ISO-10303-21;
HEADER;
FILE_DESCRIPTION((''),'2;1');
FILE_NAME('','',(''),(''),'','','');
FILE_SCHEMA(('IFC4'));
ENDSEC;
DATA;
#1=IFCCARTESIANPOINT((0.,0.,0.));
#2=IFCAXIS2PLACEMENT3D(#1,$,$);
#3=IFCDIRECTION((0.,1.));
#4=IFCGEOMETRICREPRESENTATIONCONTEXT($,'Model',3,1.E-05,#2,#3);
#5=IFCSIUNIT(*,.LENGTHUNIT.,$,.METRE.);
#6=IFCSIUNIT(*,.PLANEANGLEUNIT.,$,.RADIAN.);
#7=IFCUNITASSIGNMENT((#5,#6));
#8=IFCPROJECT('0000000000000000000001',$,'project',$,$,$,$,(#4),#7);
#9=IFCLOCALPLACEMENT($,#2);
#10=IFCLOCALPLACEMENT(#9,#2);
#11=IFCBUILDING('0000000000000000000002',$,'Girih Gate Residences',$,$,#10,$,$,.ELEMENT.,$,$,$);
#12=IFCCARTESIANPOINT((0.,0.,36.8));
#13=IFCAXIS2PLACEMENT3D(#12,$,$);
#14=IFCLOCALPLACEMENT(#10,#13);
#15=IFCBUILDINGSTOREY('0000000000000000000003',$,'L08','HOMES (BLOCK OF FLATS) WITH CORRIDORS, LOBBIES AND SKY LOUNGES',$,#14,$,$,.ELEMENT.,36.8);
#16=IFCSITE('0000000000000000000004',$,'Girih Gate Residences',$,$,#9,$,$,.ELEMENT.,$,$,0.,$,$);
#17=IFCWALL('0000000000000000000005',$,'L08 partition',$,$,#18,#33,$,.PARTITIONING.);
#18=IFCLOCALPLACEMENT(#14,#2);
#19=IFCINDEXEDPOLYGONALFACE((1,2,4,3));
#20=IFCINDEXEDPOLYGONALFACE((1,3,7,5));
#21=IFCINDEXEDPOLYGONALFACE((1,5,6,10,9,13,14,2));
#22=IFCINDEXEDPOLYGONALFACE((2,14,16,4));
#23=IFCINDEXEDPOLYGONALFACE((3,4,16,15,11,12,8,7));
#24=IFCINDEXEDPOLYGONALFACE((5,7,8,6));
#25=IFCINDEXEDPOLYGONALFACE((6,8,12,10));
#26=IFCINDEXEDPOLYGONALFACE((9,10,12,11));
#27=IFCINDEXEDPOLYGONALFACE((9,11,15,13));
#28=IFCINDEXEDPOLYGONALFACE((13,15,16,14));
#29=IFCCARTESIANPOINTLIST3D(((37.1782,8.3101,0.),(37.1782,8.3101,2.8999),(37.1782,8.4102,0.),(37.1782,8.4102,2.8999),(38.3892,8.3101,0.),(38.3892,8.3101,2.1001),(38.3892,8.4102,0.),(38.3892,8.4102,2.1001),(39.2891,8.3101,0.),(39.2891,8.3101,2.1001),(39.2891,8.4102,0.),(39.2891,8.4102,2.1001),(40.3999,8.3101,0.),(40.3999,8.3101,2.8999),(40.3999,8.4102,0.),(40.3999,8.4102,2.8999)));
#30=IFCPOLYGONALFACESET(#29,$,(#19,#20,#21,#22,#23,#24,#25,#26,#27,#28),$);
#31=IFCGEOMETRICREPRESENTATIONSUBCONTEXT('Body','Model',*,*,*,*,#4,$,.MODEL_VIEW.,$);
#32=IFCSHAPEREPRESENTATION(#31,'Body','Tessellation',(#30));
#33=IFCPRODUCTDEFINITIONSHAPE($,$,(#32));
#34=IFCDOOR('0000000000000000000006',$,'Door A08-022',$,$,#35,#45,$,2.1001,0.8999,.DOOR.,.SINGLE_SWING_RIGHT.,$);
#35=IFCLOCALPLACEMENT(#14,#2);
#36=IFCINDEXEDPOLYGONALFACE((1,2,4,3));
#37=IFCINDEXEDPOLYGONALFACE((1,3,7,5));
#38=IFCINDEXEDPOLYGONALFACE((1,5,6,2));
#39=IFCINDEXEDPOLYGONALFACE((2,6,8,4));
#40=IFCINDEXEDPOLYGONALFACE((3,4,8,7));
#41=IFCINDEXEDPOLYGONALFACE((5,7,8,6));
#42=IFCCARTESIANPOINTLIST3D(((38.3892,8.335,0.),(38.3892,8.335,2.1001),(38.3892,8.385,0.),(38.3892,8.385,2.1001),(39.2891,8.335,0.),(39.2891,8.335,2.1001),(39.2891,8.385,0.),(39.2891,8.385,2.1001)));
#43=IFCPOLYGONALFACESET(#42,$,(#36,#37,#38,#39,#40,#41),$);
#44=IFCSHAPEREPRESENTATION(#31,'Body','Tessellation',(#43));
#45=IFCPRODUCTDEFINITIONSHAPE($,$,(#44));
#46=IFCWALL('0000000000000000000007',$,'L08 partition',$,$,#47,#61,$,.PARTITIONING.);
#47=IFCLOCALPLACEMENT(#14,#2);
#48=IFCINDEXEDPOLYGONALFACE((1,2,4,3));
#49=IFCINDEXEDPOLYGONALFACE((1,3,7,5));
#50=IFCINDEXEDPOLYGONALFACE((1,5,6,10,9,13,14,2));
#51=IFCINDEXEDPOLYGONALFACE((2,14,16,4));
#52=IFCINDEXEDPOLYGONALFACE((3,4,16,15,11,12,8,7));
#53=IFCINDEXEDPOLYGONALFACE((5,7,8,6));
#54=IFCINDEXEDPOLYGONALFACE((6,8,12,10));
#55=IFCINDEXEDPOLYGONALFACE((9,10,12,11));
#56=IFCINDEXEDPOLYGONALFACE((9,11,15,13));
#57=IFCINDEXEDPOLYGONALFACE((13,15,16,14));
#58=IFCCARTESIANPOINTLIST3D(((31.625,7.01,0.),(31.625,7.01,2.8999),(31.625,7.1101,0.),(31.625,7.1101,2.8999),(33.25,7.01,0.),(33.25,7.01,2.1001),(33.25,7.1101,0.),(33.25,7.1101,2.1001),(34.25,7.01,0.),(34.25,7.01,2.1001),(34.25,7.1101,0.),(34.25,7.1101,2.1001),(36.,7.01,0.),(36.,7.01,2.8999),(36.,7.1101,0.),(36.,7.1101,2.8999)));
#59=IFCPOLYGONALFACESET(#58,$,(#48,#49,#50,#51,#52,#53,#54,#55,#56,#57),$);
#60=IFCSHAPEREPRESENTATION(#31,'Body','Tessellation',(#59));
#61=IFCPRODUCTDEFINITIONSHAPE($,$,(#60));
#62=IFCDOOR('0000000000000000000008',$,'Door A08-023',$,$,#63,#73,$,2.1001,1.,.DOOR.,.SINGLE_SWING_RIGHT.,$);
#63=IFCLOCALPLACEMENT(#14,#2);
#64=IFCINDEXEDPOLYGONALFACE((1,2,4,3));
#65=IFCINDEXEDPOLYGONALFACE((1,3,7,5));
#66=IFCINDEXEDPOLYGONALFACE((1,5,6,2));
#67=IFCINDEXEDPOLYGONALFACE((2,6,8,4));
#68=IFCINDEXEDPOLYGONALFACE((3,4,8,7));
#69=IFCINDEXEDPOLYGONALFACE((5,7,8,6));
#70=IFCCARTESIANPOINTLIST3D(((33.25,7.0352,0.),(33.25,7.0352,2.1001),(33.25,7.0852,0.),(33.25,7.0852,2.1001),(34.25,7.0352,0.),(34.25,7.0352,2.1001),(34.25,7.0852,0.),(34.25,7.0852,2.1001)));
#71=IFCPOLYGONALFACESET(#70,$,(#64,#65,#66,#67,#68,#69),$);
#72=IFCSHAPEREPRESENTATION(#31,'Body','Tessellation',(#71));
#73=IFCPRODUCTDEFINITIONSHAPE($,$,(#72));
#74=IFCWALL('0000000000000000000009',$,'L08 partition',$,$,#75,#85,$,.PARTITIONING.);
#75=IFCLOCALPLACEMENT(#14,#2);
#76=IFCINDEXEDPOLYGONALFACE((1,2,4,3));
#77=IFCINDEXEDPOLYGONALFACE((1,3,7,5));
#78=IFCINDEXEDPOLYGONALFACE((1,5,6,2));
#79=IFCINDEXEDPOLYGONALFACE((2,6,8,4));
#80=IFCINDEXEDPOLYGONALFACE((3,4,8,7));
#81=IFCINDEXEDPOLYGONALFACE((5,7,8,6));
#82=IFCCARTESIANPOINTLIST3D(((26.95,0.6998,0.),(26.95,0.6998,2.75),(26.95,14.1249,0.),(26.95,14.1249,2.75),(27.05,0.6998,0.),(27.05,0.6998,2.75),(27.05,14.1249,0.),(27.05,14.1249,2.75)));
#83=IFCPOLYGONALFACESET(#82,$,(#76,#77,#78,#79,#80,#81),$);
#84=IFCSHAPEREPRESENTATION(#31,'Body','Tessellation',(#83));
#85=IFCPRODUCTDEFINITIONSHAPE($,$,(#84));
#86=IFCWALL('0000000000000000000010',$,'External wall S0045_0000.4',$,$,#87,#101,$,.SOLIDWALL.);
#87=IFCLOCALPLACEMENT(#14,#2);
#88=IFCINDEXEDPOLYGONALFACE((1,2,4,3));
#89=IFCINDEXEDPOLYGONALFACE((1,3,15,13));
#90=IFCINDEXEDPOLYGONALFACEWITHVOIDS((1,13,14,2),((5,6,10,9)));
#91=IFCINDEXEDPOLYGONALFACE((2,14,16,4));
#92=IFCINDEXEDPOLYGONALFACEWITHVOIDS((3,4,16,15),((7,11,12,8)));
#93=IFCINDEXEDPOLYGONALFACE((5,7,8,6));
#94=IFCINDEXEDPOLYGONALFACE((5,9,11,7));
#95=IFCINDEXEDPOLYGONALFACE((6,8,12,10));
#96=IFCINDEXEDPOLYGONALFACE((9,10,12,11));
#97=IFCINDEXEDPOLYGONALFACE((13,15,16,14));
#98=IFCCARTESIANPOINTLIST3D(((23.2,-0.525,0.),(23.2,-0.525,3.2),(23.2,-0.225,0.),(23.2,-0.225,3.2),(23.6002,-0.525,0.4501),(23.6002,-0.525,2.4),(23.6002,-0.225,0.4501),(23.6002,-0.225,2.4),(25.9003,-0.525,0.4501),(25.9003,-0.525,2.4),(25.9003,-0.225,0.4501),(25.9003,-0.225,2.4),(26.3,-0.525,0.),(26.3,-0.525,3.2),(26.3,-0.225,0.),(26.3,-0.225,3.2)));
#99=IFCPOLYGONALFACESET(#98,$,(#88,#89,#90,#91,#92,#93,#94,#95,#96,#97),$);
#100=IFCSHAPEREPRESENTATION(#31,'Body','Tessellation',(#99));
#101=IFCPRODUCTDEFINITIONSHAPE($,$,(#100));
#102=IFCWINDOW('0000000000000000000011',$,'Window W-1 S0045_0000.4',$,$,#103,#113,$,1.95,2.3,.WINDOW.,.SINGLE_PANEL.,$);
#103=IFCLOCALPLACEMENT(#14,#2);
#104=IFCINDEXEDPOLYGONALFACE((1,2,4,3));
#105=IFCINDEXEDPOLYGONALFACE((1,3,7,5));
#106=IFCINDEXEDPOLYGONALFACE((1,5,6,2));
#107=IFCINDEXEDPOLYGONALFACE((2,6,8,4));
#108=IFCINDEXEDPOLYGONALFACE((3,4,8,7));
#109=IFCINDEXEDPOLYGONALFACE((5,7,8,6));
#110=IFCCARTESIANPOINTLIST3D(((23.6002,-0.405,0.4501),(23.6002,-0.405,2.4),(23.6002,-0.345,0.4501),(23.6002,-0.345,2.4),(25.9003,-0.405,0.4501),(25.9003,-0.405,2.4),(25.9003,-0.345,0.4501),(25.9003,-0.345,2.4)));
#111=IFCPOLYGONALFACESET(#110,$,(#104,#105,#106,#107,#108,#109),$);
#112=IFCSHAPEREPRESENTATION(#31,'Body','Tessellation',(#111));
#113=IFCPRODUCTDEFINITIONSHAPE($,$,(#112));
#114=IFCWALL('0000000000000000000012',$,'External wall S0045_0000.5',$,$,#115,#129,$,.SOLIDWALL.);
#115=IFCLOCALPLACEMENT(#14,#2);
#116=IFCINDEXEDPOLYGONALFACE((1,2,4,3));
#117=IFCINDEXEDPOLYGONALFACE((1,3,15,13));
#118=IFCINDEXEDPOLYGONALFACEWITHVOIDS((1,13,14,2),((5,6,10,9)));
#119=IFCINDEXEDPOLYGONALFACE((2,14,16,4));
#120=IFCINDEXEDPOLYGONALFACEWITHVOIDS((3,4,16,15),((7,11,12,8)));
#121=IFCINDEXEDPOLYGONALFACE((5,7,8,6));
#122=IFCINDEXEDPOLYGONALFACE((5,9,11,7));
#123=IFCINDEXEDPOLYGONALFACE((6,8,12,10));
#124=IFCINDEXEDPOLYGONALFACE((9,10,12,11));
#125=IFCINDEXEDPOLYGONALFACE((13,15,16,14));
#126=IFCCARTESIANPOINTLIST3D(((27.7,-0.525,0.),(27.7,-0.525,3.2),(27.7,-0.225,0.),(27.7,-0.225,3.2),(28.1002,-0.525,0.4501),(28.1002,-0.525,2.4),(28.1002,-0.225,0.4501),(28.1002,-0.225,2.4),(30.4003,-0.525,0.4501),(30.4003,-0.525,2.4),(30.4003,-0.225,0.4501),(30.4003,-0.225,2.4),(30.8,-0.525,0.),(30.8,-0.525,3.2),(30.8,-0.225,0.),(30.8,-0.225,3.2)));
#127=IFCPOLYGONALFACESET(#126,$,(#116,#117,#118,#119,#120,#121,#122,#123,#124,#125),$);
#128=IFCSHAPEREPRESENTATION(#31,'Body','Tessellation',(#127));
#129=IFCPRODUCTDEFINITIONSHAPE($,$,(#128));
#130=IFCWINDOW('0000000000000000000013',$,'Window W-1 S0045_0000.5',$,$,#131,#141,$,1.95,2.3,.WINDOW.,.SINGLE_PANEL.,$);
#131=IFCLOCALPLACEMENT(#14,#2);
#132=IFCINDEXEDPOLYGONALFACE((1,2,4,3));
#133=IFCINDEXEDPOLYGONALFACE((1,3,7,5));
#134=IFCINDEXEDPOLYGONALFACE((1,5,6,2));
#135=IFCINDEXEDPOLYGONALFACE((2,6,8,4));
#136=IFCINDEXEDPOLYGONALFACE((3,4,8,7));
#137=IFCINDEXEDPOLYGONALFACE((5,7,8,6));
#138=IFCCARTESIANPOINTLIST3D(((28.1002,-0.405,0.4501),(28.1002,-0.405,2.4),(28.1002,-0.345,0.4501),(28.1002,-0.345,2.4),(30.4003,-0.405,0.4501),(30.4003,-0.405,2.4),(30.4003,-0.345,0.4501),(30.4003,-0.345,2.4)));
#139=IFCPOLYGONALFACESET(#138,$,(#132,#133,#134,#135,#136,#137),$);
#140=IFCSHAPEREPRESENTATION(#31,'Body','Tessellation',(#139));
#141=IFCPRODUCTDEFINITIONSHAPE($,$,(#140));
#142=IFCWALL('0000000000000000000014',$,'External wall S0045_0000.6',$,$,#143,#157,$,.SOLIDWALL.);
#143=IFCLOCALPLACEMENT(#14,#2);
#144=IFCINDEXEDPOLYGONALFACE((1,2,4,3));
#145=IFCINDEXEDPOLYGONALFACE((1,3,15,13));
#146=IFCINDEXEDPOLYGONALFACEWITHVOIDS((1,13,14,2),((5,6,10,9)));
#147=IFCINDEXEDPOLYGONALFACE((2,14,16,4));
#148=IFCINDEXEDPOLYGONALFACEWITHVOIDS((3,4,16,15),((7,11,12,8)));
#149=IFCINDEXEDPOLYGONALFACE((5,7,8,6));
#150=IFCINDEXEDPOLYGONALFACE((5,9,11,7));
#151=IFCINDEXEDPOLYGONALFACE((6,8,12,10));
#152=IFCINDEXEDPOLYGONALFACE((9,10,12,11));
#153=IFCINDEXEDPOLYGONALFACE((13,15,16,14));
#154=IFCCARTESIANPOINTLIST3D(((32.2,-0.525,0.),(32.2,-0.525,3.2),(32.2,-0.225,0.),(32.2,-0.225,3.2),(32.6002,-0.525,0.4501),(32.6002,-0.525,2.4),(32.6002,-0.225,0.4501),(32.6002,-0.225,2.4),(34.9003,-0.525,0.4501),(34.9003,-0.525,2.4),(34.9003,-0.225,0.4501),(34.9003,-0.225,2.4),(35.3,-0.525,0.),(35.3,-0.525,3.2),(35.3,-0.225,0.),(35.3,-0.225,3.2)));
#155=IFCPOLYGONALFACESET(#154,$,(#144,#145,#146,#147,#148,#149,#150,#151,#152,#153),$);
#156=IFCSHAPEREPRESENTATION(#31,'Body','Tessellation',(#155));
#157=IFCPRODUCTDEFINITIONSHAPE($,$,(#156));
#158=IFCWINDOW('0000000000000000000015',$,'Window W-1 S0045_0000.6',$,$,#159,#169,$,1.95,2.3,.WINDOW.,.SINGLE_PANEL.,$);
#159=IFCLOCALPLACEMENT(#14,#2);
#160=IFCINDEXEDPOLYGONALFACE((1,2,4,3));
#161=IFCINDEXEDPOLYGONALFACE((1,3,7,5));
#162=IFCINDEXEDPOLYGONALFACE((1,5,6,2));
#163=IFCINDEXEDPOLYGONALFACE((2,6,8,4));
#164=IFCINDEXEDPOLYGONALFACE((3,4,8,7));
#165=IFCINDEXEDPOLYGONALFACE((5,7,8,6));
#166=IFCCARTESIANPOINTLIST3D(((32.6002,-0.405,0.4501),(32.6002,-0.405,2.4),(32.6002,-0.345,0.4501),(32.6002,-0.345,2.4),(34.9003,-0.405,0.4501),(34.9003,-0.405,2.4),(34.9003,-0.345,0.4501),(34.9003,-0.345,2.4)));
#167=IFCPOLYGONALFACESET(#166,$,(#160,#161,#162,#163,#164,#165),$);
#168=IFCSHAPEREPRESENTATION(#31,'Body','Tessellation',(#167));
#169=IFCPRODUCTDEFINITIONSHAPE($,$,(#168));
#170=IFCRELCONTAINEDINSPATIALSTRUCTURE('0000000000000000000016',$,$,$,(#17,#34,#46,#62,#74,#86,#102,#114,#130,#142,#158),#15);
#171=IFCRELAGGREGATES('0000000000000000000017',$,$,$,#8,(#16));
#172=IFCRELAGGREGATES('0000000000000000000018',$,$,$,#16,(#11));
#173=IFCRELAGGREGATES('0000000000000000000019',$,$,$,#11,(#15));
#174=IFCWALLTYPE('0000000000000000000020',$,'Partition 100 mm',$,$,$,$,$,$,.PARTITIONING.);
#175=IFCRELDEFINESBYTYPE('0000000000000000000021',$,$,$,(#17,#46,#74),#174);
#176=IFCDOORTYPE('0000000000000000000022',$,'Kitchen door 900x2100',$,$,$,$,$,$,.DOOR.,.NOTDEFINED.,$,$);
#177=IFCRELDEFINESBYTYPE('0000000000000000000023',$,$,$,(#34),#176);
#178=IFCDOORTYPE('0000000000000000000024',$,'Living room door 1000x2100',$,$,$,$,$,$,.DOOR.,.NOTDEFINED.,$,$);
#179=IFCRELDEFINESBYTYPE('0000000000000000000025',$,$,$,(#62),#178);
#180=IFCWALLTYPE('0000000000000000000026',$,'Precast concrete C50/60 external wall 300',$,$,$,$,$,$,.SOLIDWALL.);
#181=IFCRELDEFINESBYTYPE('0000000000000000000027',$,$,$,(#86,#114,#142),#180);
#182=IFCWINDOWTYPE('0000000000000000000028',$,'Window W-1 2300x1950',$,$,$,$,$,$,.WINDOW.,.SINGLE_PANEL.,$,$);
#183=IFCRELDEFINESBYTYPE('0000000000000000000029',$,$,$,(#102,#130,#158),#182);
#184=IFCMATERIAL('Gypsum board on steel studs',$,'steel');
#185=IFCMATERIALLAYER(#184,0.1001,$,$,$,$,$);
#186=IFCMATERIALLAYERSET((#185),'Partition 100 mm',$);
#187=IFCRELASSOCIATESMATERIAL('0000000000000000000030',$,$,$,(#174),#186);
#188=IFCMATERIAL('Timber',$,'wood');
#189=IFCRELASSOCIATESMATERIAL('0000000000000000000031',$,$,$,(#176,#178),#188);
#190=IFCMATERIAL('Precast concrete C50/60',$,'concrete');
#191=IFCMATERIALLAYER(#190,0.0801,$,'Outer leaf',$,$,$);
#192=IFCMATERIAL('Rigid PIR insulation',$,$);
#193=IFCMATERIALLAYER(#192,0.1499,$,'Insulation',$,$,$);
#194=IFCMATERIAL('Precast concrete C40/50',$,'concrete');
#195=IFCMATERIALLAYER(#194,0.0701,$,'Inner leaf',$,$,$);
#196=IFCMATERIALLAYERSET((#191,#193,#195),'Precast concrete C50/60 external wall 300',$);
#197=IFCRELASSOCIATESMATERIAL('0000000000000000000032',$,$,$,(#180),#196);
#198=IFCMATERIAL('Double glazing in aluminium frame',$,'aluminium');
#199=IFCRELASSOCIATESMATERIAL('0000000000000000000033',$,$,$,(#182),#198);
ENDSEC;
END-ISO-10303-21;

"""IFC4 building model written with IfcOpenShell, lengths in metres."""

from ifc_helpers import new_model, si_unit, direction, frame, frame_2d, origin, place, context, subcontext, project, spatial, rectangle, extrude, material, layer, layer_set, type_object, element, fill, save


model = new_model("IFC4")

# Units and contexts
model_context = context("Model", 3, precision=1e-05, world=origin(), true_north=direction((0.0, 1.0)))
body_context = subcontext(model_context, "Body", "Model", "MODEL_VIEW")
ifc_project = project(units=[si_unit("LENGTHUNIT", "METRE"), si_unit("PLANEANGLEUNIT", "RADIAN")], contexts=[model_context])

# Site, building, storey
site_placement = place(None, origin())
site = spatial("IfcSite", under=ifc_project, at=site_placement, Name="Girih Gate Residences", CompositionType="ELEMENT", RefElevation=0.0)
building_placement = place(site_placement, origin())
building = spatial("IfcBuilding", under=site, at=building_placement, Name="Girih Gate Residences", CompositionType="ELEMENT")
storey_placement = place(building_placement, frame((0.0, 0.0, 36.8)))
storey = spatial("IfcBuildingStorey", under=building, at=storey_placement, Name="L08", Description="HOMES (BLOCK OF FLATS) WITH CORRIDORS, LOBBIES AND SKY LOUNGES", CompositionType="ELEMENT", Elevation=36.8)

# Shared definitions
ifc_material_1 = material(Name="Gypsum board on steel studs", Category="steel")

# Shared definitions
ifc_layer_1 = layer(ifc_material_1, 0.1001)
ifc_layer_set_1 = layer_set([ifc_layer_1], Name="Partition 100 mm")
wall_type_1 = type_object("IfcWallType", Name="Partition 100 mm", PredefinedType="PARTITIONING", material=ifc_layer_set_1)
ifc_material_2 = material(Name="Timber", Category="wood")

# Walls, openings, doors
wall_1_placement = place(storey_placement, frame((37.1782, 8.3601, 0.0), z_axis=(0.0, 0.0, 1.0), x_axis=(1.0, 0.0, 0.0)))
wall_1 = element("IfcWall", 1, at=wall_1_placement, inside=storey, type_object=wall_type_1, Name="L08 partition", PredefinedType="PARTITIONING", context=body_context, shape_type="SweptSolid", body=[
    extrude(rectangle(XDim=3.2217, YDim=0.1001, at=frame_2d((1.6108, 0.0))), origin(), (0.0, 0.0, 1.0), 2.8999),
])
opening_1_placement = place(wall_1_placement, frame((1.2109, 0.0, 0.0)))
opening_1 = element("IfcOpeningElement", 2, at=opening_1_placement, cuts=wall_1, PredefinedType="OPENING", context=body_context, shape_type="SweptSolid", body=[
    extrude(rectangle(XDim=0.8999, YDim=2.1001, at=frame_2d((0.45, 1.05))), frame((0.0, 0.0601, 0.0), z_axis=(0.0, -1.0, 0.0), x_axis=(1.0, 0.0, 0.0)), (0.0, 0.0, 1.0), 0.1201),
])
door_type_1 = type_object("IfcDoorType", Name="Kitchen door 900x2100", OperationType="NOTDEFINED", PredefinedType="DOOR", material=ifc_material_2)
door_1_placement = place(opening_1_placement, origin())
door_1 = element("IfcDoor", 3, at=door_1_placement, inside=storey, type_object=door_type_1, Name="Door A08-022", OperationType="SINGLE_SWING_RIGHT", OverallHeight=2.1001, OverallWidth=0.8999, PredefinedType="DOOR", context=body_context, shape_type="SweptSolid", body=[
    extrude(rectangle(XDim=0.8999, YDim=2.1001, at=frame_2d((0.45, 1.05))), frame((0.0, 0.0249, 0.0), z_axis=(0.0, -1.0, 0.0), x_axis=(1.0, 0.0, 0.0)), (0.0, 0.0, 1.0), 0.05),
])
fill(opening_1, door_1)
wall_2_placement = place(storey_placement, frame((36.0, 7.0601, 0.0), z_axis=(0.0, 0.0, 1.0), x_axis=(-1.0, 0.0, 0.0)))
wall_2 = element("IfcWall", 4, at=wall_2_placement, inside=storey, type_object=wall_type_1, Name="L08 partition", PredefinedType="PARTITIONING", context=body_context, shape_type="SweptSolid", body=[
    extrude(rectangle(XDim=4.375, YDim=0.1001, at=frame_2d((2.1875, 0.0))), origin(), (0.0, 0.0, 1.0), 2.8999),
])
opening_2_placement = place(wall_2_placement, frame((1.75, 0.0, 0.0)))
opening_2 = element("IfcOpeningElement", 5, at=opening_2_placement, cuts=wall_2, PredefinedType="OPENING", context=body_context, shape_type="SweptSolid", body=[
    extrude(rectangle(XDim=1.0, YDim=2.1001, at=frame_2d((0.5, 1.05))), frame((0.0, 0.0601, 0.0), z_axis=(0.0, -1.0, 0.0), x_axis=(1.0, 0.0, 0.0)), (0.0, 0.0, 1.0), 0.1201),
])
door_type_2 = type_object("IfcDoorType", Name="Living room door 1000x2100", OperationType="NOTDEFINED", PredefinedType="DOOR", material=ifc_material_2)
door_2_placement = place(opening_2_placement, origin())
door_2 = element("IfcDoor", 6, at=door_2_placement, inside=storey, type_object=door_type_2, Name="Door A08-023", OperationType="SINGLE_SWING_RIGHT", OverallHeight=2.1001, OverallWidth=1.0, PredefinedType="DOOR", context=body_context, shape_type="SweptSolid", body=[
    extrude(rectangle(XDim=1.0, YDim=2.1001, at=frame_2d((0.5, 1.05))), frame((0.0, 0.0249, 0.0), z_axis=(0.0, -1.0, 0.0), x_axis=(1.0, 0.0, 0.0)), (0.0, 0.0, 1.0), 0.05),
])
fill(opening_2, door_2)

# Wall
wall_3_placement = place(storey_placement, frame((27.0, 0.7, 0.0), z_axis=(0.0, 0.0, 1.0), x_axis=(0.0, 1.0, 0.0)))
element("IfcWall", 7, at=wall_3_placement, inside=storey, type_object=wall_type_1, Name="L08 partition", PredefinedType="PARTITIONING", context=body_context, shape_type="SweptSolid", body=[
    extrude(rectangle(XDim=13.425, YDim=0.1001, at=frame_2d((6.7124, 0.0))), origin(), (0.0, 0.0, 1.0), 2.75),
])

# Walls, openings, windows
ifc_material_3 = material(Name="Precast concrete C50/60", Category="concrete")
ifc_layer_2 = layer(ifc_material_3, 0.0801, Name="Outer leaf")
ifc_material_4 = material(Name="Rigid PIR insulation")
ifc_layer_3 = layer(ifc_material_4, 0.1499, Name="Insulation")
ifc_material_5 = material(Name="Precast concrete C40/50", Category="concrete")
ifc_layer_4 = layer(ifc_material_5, 0.0701, Name="Inner leaf")
ifc_layer_set_2 = layer_set([ifc_layer_2, ifc_layer_3, ifc_layer_4], Name="Precast concrete C50/60 external wall 300")
wall_type_2 = type_object("IfcWallType", Name="Precast concrete C50/60 external wall 300", PredefinedType="SOLIDWALL", material=ifc_layer_set_2)
wall_4_placement = place(storey_placement, frame((26.3, -0.375, 0.0), z_axis=(0.0, 0.0, 1.0), x_axis=(-1.0, 0.0, 0.0)))
wall_4 = element("IfcWall", 8, at=wall_4_placement, inside=storey, type_object=wall_type_2, Name="External wall S0045_0000.4", PredefinedType="SOLIDWALL", context=body_context, shape_type="SweptSolid", body=[
    extrude(rectangle(XDim=3.1001, YDim=0.3, at=frame_2d((1.55, 0.0))), origin(), (0.0, 0.0, 1.0), 3.2),
])
opening_3_placement = place(wall_4_placement, frame((0.3999, 0.0, 0.45)))
opening_3 = element("IfcOpeningElement", 9, at=opening_3_placement, cuts=wall_4, PredefinedType="OPENING", context=body_context, shape_type="SweptSolid", body=[
    extrude(rectangle(XDim=2.3, YDim=1.95, at=frame_2d((1.1499, 0.9751))), frame((0.0, 0.1599, 0.0), z_axis=(0.0, -1.0, 0.0), x_axis=(1.0, 0.0, 0.0)), (0.0, 0.0, 1.0), 0.3201),
])
ifc_material_6 = material(Name="Double glazing in aluminium frame", Category="aluminium")
window_type = type_object("IfcWindowType", Name="Window W-1 2300x1950", PartitioningType="SINGLE_PANEL", PredefinedType="WINDOW", material=ifc_material_6)
window_1_placement = place(opening_3_placement, origin())
window_1 = element("IfcWindow", 10, at=window_1_placement, inside=storey, type_object=window_type, Name="Window W-1 S0045_0000.4", OverallHeight=1.95, OverallWidth=2.3, PartitioningType="SINGLE_PANEL", PredefinedType="WINDOW", context=body_context, shape_type="SweptSolid", body=[
    extrude(rectangle(XDim=2.3, YDim=1.95, at=frame_2d((1.1499, 0.9751))), frame((0.0, 0.03, 0.0), z_axis=(0.0, -1.0, 0.0), x_axis=(1.0, 0.0, 0.0)), (0.0, 0.0, 1.0), 0.0601),
])
fill(opening_3, window_1)
wall_5_placement = place(storey_placement, frame((30.8, -0.375, 0.0), z_axis=(0.0, 0.0, 1.0), x_axis=(-1.0, 0.0, 0.0)))
wall_5 = element("IfcWall", 11, at=wall_5_placement, inside=storey, type_object=wall_type_2, Name="External wall S0045_0000.5", PredefinedType="SOLIDWALL", context=body_context, shape_type="SweptSolid", body=[
    extrude(rectangle(XDim=3.1001, YDim=0.3, at=frame_2d((1.55, 0.0))), origin(), (0.0, 0.0, 1.0), 3.2),
])
opening_4_placement = place(wall_5_placement, frame((0.3999, 0.0, 0.45)))
opening_4 = element("IfcOpeningElement", 12, at=opening_4_placement, cuts=wall_5, PredefinedType="OPENING", context=body_context, shape_type="SweptSolid", body=[
    extrude(rectangle(XDim=2.3, YDim=1.95, at=frame_2d((1.1499, 0.9751))), frame((0.0, 0.1599, 0.0), z_axis=(0.0, -1.0, 0.0), x_axis=(1.0, 0.0, 0.0)), (0.0, 0.0, 1.0), 0.3201),
])
window_2_placement = place(opening_4_placement, origin())
window_2 = element("IfcWindow", 13, at=window_2_placement, inside=storey, type_object=window_type, Name="Window W-1 S0045_0000.5", OverallHeight=1.95, OverallWidth=2.3, PartitioningType="SINGLE_PANEL", PredefinedType="WINDOW", context=body_context, shape_type="SweptSolid", body=[
    extrude(rectangle(XDim=2.3, YDim=1.95, at=frame_2d((1.1499, 0.9751))), frame((0.0, 0.03, 0.0), z_axis=(0.0, -1.0, 0.0), x_axis=(1.0, 0.0, 0.0)), (0.0, 0.0, 1.0), 0.0601),
])
fill(opening_4, window_2)
wall_6_placement = place(storey_placement, frame((35.3, -0.375, 0.0), z_axis=(0.0, 0.0, 1.0), x_axis=(-1.0, 0.0, 0.0)))
wall_6 = element("IfcWall", 14, at=wall_6_placement, inside=storey, type_object=wall_type_2, Name="External wall S0045_0000.6", PredefinedType="SOLIDWALL", context=body_context, shape_type="SweptSolid", body=[
    extrude(rectangle(XDim=3.1001, YDim=0.3, at=frame_2d((1.55, 0.0))), origin(), (0.0, 0.0, 1.0), 3.2),
])
opening_5_placement = place(wall_6_placement, frame((0.3999, 0.0, 0.45)))
opening_5 = element("IfcOpeningElement", 15, at=opening_5_placement, cuts=wall_6, PredefinedType="OPENING", context=body_context, shape_type="SweptSolid", body=[
    extrude(rectangle(XDim=2.3, YDim=1.95, at=frame_2d((1.1499, 0.9751))), frame((0.0, 0.1599, 0.0), z_axis=(0.0, -1.0, 0.0), x_axis=(1.0, 0.0, 0.0)), (0.0, 0.0, 1.0), 0.3201),
])
window_3_placement = place(opening_5_placement, origin())
window_3 = element("IfcWindow", 16, at=window_3_placement, inside=storey, type_object=window_type, Name="Window W-1 S0045_0000.6", OverallHeight=1.95, OverallWidth=2.3, PartitioningType="SINGLE_PANEL", PredefinedType="WINDOW", context=body_context, shape_type="SweptSolid", body=[
    extrude(rectangle(XDim=2.3, YDim=1.95, at=frame_2d((1.1499, 0.9751))), frame((0.0, 0.03, 0.0), z_axis=(0.0, -1.0, 0.0), x_axis=(1.0, 0.0, 0.0)), (0.0, 0.0, 1.0), 0.0601),
])
fill(opening_5, window_3)

save(model, "model.ifc")
